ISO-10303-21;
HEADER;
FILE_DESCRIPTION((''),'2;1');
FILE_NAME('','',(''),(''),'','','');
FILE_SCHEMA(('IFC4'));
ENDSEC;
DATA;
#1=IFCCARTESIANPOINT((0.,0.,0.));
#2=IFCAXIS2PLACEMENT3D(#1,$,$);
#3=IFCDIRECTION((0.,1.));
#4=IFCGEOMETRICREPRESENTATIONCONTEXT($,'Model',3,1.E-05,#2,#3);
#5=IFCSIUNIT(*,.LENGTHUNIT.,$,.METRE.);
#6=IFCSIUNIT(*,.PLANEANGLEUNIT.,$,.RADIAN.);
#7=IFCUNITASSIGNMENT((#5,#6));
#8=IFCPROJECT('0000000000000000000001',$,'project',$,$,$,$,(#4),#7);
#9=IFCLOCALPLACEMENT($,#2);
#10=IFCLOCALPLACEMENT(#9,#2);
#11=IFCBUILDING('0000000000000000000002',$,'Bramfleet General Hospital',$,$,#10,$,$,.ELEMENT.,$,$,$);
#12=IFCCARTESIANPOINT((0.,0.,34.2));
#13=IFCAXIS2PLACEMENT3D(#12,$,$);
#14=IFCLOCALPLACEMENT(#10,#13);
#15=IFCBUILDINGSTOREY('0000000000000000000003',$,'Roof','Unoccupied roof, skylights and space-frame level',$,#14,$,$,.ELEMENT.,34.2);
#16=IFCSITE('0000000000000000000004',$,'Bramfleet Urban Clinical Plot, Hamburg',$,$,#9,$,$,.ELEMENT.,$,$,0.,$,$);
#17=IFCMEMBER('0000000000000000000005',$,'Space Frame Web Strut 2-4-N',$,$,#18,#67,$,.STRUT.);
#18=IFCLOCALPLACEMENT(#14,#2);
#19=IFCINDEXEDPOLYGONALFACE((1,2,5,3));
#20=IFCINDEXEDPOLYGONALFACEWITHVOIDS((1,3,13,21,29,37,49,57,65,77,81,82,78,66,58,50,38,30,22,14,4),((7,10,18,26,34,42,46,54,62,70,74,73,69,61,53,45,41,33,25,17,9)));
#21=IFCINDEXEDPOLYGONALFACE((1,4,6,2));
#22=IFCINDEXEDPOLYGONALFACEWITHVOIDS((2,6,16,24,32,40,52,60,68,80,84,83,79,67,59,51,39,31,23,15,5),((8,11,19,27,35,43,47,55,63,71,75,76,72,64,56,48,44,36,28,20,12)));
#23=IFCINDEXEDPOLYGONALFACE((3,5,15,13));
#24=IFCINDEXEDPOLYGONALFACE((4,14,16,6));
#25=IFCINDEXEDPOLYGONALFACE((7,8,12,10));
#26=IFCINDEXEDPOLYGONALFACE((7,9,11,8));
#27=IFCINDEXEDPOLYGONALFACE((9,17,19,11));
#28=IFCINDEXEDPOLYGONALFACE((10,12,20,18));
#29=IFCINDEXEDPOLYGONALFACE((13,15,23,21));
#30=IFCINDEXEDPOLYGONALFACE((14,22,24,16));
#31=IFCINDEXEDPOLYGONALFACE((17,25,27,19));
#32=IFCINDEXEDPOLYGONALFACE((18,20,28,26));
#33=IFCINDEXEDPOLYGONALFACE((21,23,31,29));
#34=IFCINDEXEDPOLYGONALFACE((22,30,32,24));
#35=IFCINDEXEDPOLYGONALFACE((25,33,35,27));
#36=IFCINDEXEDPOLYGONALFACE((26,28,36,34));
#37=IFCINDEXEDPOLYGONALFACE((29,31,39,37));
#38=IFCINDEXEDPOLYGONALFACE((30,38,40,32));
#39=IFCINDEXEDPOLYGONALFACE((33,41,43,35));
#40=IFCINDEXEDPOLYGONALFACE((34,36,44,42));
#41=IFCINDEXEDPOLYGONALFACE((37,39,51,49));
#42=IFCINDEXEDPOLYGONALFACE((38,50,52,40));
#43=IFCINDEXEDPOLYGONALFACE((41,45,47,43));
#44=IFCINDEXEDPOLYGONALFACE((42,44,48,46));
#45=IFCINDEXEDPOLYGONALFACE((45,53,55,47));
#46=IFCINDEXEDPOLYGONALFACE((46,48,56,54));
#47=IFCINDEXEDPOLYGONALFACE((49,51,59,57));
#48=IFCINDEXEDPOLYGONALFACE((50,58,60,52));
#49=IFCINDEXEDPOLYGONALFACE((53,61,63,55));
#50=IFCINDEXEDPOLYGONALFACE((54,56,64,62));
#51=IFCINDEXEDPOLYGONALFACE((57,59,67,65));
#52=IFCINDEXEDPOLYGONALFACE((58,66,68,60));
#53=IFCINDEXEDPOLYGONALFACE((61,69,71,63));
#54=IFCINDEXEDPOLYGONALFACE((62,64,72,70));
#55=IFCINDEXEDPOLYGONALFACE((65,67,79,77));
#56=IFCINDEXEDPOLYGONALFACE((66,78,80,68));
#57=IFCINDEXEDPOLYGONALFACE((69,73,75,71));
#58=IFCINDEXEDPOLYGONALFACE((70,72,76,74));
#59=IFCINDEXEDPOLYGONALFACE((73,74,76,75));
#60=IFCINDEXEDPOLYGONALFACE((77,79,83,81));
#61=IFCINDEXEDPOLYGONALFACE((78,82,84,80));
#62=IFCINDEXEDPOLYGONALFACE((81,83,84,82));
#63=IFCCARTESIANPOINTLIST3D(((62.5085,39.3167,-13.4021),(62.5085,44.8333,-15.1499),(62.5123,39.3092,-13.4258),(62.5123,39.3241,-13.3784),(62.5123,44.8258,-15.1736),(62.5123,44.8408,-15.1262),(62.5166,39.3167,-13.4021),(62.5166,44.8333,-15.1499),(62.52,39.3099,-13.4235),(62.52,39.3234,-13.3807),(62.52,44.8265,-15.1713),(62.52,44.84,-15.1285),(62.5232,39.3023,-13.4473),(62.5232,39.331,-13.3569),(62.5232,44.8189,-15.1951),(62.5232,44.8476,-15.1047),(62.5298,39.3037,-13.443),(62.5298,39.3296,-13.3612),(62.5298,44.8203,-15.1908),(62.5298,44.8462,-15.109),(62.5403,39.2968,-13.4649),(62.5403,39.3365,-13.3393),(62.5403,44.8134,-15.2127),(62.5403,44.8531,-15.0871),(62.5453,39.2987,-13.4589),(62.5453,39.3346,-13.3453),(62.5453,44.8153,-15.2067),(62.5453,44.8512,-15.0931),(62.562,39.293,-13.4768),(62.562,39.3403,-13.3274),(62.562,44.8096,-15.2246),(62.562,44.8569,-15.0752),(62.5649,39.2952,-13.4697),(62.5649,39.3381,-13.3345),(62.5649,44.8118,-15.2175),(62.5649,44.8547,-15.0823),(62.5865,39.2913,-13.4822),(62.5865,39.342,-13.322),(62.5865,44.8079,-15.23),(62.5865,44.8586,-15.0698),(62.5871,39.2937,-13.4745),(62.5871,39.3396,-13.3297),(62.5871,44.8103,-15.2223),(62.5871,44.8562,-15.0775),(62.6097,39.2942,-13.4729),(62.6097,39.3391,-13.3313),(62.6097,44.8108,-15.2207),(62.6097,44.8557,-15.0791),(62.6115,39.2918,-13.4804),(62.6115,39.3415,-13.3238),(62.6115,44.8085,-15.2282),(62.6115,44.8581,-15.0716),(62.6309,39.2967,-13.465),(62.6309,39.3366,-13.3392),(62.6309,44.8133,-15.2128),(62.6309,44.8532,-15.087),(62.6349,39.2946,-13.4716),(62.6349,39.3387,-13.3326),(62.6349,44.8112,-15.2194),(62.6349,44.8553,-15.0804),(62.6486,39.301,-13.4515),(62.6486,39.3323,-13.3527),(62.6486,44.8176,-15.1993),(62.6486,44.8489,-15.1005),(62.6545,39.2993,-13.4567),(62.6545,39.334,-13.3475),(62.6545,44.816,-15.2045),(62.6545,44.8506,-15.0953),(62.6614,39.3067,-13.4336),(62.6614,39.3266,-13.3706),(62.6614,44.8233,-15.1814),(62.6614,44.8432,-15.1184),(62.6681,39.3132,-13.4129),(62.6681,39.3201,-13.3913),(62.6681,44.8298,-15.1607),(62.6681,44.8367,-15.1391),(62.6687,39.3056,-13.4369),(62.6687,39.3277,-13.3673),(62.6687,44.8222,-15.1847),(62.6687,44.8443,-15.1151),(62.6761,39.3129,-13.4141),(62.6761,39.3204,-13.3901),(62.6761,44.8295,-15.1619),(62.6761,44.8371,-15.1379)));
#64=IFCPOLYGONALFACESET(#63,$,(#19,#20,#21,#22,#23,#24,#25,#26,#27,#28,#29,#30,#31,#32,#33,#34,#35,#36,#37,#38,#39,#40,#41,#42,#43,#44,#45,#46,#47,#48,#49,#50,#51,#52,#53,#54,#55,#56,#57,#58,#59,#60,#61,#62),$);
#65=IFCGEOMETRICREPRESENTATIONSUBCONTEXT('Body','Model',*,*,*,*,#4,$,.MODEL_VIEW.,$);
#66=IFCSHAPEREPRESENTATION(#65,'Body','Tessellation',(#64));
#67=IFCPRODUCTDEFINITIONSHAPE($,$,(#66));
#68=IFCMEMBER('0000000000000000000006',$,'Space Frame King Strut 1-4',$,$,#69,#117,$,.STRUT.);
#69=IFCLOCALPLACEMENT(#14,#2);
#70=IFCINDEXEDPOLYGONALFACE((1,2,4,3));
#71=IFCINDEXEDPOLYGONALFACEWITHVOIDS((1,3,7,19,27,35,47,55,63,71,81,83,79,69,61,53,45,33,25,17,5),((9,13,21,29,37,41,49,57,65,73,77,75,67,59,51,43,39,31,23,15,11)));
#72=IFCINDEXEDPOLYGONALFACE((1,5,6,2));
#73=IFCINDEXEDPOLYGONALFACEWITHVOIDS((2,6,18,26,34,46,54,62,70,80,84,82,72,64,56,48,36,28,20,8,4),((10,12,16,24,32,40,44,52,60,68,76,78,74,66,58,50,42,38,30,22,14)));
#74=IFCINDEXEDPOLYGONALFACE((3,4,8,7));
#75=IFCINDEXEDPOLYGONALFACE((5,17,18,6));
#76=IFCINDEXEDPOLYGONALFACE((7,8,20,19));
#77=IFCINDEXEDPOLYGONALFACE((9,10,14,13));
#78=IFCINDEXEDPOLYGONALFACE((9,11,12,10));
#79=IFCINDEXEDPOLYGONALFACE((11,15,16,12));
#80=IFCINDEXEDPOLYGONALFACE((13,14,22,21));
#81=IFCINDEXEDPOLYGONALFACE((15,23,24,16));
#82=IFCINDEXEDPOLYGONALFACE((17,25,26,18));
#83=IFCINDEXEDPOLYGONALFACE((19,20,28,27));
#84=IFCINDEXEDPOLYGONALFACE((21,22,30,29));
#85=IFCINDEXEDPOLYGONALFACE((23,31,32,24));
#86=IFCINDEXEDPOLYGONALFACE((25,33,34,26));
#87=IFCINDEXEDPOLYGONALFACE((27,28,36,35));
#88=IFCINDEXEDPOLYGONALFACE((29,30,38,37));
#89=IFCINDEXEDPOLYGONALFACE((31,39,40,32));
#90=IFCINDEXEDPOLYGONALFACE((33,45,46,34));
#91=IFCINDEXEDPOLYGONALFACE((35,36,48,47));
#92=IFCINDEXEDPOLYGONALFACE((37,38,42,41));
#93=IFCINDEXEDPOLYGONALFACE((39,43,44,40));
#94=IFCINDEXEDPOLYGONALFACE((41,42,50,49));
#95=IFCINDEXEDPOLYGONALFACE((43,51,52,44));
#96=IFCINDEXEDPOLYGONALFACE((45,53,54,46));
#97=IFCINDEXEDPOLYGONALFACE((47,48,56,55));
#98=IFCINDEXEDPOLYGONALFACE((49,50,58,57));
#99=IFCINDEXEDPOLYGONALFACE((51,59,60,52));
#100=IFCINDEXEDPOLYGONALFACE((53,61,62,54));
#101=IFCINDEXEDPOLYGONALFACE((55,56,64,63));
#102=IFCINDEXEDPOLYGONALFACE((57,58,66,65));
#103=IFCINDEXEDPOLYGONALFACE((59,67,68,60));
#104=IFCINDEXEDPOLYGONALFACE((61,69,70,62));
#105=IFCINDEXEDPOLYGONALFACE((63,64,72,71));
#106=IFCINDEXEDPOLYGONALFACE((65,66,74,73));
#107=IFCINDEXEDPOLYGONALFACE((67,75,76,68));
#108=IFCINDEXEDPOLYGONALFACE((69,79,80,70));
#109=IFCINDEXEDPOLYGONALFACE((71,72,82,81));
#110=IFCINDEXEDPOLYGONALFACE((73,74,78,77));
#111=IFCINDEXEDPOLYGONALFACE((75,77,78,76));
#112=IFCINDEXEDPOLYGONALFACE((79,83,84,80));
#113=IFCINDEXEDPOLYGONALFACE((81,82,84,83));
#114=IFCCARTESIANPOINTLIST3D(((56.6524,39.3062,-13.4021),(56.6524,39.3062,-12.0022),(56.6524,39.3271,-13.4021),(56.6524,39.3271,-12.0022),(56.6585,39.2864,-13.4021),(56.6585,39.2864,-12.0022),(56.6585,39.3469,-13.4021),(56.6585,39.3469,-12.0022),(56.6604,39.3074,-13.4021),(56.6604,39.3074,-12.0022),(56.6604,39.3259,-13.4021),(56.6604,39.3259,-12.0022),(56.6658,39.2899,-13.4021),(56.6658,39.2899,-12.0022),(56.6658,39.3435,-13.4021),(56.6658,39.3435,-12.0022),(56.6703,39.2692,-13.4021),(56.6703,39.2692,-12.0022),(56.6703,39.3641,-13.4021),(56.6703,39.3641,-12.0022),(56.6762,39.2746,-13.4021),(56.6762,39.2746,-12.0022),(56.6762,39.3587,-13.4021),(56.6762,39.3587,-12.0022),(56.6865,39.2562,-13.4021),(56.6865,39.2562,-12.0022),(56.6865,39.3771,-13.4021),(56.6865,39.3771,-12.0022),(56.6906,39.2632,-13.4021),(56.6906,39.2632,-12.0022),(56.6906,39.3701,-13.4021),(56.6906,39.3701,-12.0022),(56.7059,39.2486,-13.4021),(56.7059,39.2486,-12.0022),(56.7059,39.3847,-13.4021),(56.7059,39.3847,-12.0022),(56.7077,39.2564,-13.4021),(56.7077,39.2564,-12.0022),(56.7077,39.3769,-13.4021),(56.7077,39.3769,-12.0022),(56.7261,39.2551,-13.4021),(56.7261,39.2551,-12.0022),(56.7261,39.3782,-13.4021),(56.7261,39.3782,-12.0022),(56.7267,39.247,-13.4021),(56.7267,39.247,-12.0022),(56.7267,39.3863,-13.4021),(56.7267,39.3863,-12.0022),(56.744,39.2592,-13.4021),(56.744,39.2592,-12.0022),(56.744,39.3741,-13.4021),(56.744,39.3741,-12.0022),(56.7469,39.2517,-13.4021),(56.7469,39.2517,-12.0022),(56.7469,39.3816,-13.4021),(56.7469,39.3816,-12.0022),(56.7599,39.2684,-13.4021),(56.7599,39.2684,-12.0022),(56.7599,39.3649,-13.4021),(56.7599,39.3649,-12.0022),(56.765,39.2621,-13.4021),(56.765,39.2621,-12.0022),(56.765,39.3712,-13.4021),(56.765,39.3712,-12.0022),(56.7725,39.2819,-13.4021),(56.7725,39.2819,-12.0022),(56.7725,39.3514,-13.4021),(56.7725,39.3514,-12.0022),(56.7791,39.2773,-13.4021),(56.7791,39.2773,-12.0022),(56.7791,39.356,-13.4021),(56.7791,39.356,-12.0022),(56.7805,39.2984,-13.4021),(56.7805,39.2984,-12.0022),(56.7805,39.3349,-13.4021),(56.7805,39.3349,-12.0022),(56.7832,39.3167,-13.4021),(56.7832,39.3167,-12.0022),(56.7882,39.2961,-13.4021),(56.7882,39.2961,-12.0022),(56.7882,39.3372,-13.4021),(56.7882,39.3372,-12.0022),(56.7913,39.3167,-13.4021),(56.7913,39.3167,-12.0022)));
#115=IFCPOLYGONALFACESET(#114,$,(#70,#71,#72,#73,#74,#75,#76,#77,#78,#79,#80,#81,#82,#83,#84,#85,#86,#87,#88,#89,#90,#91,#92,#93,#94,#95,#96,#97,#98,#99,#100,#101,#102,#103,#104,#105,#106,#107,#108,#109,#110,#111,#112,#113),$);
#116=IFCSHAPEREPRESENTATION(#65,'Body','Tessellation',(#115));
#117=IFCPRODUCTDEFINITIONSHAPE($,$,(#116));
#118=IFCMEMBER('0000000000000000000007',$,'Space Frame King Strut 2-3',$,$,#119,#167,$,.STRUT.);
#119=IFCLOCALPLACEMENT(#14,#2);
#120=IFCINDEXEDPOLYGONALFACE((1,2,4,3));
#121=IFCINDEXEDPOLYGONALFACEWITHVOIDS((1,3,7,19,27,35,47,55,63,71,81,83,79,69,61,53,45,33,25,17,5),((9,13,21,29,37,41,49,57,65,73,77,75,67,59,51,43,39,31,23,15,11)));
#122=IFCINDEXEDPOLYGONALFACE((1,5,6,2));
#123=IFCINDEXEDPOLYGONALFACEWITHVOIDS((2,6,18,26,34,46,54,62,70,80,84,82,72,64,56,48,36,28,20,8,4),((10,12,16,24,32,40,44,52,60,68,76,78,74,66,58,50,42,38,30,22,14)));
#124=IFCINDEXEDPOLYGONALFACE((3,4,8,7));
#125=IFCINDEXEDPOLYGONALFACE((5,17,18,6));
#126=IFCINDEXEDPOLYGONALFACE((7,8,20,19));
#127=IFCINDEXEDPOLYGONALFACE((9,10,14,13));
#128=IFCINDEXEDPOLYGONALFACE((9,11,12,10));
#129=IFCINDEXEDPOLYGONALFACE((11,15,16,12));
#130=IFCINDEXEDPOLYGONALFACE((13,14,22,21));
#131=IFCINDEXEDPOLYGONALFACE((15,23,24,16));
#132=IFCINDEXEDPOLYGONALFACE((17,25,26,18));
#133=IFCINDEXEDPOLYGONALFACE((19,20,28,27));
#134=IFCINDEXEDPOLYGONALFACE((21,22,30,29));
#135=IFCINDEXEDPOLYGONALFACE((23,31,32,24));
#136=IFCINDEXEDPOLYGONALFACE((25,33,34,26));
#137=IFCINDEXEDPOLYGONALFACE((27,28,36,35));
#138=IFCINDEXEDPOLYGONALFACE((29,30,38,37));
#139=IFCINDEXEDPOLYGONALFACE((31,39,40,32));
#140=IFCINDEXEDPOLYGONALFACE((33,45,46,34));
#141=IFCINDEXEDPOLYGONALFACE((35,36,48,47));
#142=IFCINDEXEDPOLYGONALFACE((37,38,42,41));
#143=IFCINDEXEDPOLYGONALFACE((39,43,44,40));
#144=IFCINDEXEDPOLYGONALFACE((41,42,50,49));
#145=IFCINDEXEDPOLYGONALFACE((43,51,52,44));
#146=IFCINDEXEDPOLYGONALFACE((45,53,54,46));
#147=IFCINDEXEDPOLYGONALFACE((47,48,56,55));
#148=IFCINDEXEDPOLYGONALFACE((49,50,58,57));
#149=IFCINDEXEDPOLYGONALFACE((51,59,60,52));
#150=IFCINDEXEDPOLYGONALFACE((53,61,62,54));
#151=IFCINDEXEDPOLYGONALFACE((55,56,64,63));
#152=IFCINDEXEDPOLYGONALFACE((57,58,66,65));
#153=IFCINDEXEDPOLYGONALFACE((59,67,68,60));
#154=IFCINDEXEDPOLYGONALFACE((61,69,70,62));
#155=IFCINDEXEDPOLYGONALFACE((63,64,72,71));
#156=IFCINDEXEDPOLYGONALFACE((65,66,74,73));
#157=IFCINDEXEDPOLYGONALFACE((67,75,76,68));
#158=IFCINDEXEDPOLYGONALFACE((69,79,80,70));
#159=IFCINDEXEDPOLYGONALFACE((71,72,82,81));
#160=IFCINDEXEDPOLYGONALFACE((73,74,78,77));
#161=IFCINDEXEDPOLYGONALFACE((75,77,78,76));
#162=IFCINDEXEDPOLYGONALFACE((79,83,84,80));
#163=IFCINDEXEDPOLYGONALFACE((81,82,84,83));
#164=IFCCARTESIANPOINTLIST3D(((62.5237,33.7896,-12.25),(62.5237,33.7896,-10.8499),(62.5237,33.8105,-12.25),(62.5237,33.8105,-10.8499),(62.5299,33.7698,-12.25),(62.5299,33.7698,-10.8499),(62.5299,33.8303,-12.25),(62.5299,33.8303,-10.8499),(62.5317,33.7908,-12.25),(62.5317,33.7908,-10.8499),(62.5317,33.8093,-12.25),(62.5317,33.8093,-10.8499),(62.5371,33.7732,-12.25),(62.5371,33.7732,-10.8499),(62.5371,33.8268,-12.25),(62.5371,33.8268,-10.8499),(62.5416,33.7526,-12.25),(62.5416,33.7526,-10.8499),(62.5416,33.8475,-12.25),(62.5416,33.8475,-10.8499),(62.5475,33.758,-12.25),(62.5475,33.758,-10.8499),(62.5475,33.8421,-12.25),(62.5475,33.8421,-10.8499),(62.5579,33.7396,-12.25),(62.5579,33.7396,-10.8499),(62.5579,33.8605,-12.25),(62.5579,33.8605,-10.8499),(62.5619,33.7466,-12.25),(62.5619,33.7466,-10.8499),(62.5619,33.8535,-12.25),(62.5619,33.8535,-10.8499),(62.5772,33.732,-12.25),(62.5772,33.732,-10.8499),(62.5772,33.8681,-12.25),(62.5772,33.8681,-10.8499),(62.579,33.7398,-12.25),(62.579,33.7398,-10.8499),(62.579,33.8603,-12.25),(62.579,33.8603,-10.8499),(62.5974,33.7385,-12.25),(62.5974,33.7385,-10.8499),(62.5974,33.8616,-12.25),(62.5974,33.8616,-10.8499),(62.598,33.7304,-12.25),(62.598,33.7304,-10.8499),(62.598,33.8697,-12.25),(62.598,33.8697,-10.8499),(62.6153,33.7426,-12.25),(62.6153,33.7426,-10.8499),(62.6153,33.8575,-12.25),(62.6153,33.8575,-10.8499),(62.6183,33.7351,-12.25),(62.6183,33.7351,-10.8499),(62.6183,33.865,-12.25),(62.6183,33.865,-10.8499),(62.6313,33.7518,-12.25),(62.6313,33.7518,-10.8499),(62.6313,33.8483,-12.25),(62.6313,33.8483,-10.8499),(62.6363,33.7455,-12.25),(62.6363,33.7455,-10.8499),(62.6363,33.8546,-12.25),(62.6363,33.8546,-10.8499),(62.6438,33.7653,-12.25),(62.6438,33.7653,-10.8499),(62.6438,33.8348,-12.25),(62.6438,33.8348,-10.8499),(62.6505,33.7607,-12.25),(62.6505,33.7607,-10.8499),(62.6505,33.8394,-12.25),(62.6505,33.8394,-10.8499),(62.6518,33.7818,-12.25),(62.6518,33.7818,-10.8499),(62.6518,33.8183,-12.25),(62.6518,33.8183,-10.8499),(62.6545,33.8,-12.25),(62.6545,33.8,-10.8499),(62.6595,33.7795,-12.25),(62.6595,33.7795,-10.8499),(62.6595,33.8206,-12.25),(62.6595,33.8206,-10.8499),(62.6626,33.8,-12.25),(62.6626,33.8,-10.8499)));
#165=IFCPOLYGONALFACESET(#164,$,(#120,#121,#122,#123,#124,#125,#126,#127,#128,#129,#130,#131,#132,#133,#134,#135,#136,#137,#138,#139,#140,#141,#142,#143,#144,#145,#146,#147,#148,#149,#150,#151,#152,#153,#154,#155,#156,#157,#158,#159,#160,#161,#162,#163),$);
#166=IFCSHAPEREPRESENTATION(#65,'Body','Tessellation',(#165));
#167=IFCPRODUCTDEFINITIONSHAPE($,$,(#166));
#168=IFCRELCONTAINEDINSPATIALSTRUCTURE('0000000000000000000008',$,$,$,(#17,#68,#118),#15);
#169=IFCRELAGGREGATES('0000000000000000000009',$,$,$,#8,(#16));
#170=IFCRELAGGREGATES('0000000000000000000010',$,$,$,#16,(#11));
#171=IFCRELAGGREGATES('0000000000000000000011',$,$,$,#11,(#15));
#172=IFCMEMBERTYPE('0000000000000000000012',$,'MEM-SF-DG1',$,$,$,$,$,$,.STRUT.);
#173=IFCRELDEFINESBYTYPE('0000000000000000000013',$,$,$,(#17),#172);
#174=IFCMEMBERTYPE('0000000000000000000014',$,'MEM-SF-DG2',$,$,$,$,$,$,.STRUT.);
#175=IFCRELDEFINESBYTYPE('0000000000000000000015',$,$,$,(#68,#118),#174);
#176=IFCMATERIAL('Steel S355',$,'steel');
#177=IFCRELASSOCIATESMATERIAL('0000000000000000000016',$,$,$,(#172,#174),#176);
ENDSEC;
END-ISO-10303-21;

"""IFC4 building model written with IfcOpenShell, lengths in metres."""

from ifc_helpers import new_model, si_unit, direction, frame, origin, origin_2d, place, context, subcontext, project, spatial, hollow_circle, extrude, material, material_profile, profile_set, type_object, element, save


model = new_model("IFC4")

# Units and contexts
model_context = context("Model", 3, precision=1e-05, world=origin(), true_north=direction((0.0, 1.0)))
body_context = subcontext(model_context, "Body", "Model", "MODEL_VIEW")
ifc_project = project(units=[si_unit("LENGTHUNIT", "METRE"), si_unit("PLANEANGLEUNIT", "RADIAN")], contexts=[model_context])

# Site, building, storey
site_placement = place(None, origin())
site = spatial("IfcSite", under=ifc_project, at=site_placement, Name="Bramfleet Urban Clinical Plot, Hamburg", CompositionType="ELEMENT", RefElevation=0.0)
building_placement = place(site_placement, origin())
building = spatial("IfcBuilding", under=site, at=building_placement, Name="Bramfleet General Hospital", CompositionType="ELEMENT")
storey_placement = place(building_placement, frame((0.0, 0.0, 34.2)))
storey = spatial("IfcBuildingStorey", under=building, at=storey_placement, Name="Roof", Description="Unoccupied roof, skylights and space-frame level", CompositionType="ELEMENT", Elevation=34.2)

# Members
ifc_material = material(Name="Steel S355", Category="steel")
ifc_material_profile_1 = material_profile(ifc_material, hollow_circle(Radius=0.0842, WallThickness=0.0081, at=origin_2d()), Name="CHS 168.3x8.0")
ifc_profile_set_1 = profile_set([ifc_material_profile_1], Name="Steel S355")
member_type_1 = type_object("IfcMemberType", Name="MEM-SF-DG1", PredefinedType="STRUT", material=ifc_profile_set_1)
member_1_placement = place(storey_placement, frame((62.5928, 39.3167, -13.4021), z_axis=(0.0, 0.953299, -0.30203), x_axis=(-1.0, 0.0, 0.0)))
element("IfcMember", 1, at=member_1_placement, inside=storey, type_object=member_type_1, Name="Space Frame Web Strut 2-4-N", PredefinedType="STRUT", context=body_context, shape_type="SweptSolid", body=[
    extrude(hollow_circle(Radius=0.0842, WallThickness=0.0081, at=origin_2d()), origin(), (0.0, 0.0, 1.0), 5.7869),
])
ifc_material_profile_2 = material_profile(ifc_material, hollow_circle(Radius=0.0698, WallThickness=0.0081, at=origin_2d()), Name="CHS 139.7x8.0")
ifc_profile_set_2 = profile_set([ifc_material_profile_2], Name="Steel S355")
member_type_2 = type_object("IfcMemberType", Name="MEM-SF-DG2", PredefinedType="STRUT", material=ifc_profile_set_2)
member_2_placement = place(storey_placement, frame((56.7214, 39.3167, -13.4021), z_axis=(0.0, 0.0, 1.0), x_axis=(1.0, 0.0, 0.0)))
element("IfcMember", 2, at=member_2_placement, inside=storey, type_object=member_type_2, Name="Space Frame King Strut 1-4", PredefinedType="STRUT", context=body_context, shape_type="SweptSolid", body=[
    extrude(hollow_circle(Radius=0.0698, WallThickness=0.0081, at=origin_2d()), origin(), (0.0, 0.0, 1.0), 1.3999),
])
member_3_placement = place(storey_placement, frame((62.5928, 33.8, -12.25), z_axis=(0.0, 0.0, 1.0), x_axis=(1.0, 0.0, 0.0)))
element("IfcMember", 3, at=member_3_placement, inside=storey, type_object=member_type_2, Name="Space Frame King Strut 2-3", PredefinedType="STRUT", context=body_context, shape_type="SweptSolid", body=[
    extrude(hollow_circle(Radius=0.0698, WallThickness=0.0081, at=origin_2d()), origin(), (0.0, 0.0, 1.0), 1.4001),
])

save(model, "model.ifc")
